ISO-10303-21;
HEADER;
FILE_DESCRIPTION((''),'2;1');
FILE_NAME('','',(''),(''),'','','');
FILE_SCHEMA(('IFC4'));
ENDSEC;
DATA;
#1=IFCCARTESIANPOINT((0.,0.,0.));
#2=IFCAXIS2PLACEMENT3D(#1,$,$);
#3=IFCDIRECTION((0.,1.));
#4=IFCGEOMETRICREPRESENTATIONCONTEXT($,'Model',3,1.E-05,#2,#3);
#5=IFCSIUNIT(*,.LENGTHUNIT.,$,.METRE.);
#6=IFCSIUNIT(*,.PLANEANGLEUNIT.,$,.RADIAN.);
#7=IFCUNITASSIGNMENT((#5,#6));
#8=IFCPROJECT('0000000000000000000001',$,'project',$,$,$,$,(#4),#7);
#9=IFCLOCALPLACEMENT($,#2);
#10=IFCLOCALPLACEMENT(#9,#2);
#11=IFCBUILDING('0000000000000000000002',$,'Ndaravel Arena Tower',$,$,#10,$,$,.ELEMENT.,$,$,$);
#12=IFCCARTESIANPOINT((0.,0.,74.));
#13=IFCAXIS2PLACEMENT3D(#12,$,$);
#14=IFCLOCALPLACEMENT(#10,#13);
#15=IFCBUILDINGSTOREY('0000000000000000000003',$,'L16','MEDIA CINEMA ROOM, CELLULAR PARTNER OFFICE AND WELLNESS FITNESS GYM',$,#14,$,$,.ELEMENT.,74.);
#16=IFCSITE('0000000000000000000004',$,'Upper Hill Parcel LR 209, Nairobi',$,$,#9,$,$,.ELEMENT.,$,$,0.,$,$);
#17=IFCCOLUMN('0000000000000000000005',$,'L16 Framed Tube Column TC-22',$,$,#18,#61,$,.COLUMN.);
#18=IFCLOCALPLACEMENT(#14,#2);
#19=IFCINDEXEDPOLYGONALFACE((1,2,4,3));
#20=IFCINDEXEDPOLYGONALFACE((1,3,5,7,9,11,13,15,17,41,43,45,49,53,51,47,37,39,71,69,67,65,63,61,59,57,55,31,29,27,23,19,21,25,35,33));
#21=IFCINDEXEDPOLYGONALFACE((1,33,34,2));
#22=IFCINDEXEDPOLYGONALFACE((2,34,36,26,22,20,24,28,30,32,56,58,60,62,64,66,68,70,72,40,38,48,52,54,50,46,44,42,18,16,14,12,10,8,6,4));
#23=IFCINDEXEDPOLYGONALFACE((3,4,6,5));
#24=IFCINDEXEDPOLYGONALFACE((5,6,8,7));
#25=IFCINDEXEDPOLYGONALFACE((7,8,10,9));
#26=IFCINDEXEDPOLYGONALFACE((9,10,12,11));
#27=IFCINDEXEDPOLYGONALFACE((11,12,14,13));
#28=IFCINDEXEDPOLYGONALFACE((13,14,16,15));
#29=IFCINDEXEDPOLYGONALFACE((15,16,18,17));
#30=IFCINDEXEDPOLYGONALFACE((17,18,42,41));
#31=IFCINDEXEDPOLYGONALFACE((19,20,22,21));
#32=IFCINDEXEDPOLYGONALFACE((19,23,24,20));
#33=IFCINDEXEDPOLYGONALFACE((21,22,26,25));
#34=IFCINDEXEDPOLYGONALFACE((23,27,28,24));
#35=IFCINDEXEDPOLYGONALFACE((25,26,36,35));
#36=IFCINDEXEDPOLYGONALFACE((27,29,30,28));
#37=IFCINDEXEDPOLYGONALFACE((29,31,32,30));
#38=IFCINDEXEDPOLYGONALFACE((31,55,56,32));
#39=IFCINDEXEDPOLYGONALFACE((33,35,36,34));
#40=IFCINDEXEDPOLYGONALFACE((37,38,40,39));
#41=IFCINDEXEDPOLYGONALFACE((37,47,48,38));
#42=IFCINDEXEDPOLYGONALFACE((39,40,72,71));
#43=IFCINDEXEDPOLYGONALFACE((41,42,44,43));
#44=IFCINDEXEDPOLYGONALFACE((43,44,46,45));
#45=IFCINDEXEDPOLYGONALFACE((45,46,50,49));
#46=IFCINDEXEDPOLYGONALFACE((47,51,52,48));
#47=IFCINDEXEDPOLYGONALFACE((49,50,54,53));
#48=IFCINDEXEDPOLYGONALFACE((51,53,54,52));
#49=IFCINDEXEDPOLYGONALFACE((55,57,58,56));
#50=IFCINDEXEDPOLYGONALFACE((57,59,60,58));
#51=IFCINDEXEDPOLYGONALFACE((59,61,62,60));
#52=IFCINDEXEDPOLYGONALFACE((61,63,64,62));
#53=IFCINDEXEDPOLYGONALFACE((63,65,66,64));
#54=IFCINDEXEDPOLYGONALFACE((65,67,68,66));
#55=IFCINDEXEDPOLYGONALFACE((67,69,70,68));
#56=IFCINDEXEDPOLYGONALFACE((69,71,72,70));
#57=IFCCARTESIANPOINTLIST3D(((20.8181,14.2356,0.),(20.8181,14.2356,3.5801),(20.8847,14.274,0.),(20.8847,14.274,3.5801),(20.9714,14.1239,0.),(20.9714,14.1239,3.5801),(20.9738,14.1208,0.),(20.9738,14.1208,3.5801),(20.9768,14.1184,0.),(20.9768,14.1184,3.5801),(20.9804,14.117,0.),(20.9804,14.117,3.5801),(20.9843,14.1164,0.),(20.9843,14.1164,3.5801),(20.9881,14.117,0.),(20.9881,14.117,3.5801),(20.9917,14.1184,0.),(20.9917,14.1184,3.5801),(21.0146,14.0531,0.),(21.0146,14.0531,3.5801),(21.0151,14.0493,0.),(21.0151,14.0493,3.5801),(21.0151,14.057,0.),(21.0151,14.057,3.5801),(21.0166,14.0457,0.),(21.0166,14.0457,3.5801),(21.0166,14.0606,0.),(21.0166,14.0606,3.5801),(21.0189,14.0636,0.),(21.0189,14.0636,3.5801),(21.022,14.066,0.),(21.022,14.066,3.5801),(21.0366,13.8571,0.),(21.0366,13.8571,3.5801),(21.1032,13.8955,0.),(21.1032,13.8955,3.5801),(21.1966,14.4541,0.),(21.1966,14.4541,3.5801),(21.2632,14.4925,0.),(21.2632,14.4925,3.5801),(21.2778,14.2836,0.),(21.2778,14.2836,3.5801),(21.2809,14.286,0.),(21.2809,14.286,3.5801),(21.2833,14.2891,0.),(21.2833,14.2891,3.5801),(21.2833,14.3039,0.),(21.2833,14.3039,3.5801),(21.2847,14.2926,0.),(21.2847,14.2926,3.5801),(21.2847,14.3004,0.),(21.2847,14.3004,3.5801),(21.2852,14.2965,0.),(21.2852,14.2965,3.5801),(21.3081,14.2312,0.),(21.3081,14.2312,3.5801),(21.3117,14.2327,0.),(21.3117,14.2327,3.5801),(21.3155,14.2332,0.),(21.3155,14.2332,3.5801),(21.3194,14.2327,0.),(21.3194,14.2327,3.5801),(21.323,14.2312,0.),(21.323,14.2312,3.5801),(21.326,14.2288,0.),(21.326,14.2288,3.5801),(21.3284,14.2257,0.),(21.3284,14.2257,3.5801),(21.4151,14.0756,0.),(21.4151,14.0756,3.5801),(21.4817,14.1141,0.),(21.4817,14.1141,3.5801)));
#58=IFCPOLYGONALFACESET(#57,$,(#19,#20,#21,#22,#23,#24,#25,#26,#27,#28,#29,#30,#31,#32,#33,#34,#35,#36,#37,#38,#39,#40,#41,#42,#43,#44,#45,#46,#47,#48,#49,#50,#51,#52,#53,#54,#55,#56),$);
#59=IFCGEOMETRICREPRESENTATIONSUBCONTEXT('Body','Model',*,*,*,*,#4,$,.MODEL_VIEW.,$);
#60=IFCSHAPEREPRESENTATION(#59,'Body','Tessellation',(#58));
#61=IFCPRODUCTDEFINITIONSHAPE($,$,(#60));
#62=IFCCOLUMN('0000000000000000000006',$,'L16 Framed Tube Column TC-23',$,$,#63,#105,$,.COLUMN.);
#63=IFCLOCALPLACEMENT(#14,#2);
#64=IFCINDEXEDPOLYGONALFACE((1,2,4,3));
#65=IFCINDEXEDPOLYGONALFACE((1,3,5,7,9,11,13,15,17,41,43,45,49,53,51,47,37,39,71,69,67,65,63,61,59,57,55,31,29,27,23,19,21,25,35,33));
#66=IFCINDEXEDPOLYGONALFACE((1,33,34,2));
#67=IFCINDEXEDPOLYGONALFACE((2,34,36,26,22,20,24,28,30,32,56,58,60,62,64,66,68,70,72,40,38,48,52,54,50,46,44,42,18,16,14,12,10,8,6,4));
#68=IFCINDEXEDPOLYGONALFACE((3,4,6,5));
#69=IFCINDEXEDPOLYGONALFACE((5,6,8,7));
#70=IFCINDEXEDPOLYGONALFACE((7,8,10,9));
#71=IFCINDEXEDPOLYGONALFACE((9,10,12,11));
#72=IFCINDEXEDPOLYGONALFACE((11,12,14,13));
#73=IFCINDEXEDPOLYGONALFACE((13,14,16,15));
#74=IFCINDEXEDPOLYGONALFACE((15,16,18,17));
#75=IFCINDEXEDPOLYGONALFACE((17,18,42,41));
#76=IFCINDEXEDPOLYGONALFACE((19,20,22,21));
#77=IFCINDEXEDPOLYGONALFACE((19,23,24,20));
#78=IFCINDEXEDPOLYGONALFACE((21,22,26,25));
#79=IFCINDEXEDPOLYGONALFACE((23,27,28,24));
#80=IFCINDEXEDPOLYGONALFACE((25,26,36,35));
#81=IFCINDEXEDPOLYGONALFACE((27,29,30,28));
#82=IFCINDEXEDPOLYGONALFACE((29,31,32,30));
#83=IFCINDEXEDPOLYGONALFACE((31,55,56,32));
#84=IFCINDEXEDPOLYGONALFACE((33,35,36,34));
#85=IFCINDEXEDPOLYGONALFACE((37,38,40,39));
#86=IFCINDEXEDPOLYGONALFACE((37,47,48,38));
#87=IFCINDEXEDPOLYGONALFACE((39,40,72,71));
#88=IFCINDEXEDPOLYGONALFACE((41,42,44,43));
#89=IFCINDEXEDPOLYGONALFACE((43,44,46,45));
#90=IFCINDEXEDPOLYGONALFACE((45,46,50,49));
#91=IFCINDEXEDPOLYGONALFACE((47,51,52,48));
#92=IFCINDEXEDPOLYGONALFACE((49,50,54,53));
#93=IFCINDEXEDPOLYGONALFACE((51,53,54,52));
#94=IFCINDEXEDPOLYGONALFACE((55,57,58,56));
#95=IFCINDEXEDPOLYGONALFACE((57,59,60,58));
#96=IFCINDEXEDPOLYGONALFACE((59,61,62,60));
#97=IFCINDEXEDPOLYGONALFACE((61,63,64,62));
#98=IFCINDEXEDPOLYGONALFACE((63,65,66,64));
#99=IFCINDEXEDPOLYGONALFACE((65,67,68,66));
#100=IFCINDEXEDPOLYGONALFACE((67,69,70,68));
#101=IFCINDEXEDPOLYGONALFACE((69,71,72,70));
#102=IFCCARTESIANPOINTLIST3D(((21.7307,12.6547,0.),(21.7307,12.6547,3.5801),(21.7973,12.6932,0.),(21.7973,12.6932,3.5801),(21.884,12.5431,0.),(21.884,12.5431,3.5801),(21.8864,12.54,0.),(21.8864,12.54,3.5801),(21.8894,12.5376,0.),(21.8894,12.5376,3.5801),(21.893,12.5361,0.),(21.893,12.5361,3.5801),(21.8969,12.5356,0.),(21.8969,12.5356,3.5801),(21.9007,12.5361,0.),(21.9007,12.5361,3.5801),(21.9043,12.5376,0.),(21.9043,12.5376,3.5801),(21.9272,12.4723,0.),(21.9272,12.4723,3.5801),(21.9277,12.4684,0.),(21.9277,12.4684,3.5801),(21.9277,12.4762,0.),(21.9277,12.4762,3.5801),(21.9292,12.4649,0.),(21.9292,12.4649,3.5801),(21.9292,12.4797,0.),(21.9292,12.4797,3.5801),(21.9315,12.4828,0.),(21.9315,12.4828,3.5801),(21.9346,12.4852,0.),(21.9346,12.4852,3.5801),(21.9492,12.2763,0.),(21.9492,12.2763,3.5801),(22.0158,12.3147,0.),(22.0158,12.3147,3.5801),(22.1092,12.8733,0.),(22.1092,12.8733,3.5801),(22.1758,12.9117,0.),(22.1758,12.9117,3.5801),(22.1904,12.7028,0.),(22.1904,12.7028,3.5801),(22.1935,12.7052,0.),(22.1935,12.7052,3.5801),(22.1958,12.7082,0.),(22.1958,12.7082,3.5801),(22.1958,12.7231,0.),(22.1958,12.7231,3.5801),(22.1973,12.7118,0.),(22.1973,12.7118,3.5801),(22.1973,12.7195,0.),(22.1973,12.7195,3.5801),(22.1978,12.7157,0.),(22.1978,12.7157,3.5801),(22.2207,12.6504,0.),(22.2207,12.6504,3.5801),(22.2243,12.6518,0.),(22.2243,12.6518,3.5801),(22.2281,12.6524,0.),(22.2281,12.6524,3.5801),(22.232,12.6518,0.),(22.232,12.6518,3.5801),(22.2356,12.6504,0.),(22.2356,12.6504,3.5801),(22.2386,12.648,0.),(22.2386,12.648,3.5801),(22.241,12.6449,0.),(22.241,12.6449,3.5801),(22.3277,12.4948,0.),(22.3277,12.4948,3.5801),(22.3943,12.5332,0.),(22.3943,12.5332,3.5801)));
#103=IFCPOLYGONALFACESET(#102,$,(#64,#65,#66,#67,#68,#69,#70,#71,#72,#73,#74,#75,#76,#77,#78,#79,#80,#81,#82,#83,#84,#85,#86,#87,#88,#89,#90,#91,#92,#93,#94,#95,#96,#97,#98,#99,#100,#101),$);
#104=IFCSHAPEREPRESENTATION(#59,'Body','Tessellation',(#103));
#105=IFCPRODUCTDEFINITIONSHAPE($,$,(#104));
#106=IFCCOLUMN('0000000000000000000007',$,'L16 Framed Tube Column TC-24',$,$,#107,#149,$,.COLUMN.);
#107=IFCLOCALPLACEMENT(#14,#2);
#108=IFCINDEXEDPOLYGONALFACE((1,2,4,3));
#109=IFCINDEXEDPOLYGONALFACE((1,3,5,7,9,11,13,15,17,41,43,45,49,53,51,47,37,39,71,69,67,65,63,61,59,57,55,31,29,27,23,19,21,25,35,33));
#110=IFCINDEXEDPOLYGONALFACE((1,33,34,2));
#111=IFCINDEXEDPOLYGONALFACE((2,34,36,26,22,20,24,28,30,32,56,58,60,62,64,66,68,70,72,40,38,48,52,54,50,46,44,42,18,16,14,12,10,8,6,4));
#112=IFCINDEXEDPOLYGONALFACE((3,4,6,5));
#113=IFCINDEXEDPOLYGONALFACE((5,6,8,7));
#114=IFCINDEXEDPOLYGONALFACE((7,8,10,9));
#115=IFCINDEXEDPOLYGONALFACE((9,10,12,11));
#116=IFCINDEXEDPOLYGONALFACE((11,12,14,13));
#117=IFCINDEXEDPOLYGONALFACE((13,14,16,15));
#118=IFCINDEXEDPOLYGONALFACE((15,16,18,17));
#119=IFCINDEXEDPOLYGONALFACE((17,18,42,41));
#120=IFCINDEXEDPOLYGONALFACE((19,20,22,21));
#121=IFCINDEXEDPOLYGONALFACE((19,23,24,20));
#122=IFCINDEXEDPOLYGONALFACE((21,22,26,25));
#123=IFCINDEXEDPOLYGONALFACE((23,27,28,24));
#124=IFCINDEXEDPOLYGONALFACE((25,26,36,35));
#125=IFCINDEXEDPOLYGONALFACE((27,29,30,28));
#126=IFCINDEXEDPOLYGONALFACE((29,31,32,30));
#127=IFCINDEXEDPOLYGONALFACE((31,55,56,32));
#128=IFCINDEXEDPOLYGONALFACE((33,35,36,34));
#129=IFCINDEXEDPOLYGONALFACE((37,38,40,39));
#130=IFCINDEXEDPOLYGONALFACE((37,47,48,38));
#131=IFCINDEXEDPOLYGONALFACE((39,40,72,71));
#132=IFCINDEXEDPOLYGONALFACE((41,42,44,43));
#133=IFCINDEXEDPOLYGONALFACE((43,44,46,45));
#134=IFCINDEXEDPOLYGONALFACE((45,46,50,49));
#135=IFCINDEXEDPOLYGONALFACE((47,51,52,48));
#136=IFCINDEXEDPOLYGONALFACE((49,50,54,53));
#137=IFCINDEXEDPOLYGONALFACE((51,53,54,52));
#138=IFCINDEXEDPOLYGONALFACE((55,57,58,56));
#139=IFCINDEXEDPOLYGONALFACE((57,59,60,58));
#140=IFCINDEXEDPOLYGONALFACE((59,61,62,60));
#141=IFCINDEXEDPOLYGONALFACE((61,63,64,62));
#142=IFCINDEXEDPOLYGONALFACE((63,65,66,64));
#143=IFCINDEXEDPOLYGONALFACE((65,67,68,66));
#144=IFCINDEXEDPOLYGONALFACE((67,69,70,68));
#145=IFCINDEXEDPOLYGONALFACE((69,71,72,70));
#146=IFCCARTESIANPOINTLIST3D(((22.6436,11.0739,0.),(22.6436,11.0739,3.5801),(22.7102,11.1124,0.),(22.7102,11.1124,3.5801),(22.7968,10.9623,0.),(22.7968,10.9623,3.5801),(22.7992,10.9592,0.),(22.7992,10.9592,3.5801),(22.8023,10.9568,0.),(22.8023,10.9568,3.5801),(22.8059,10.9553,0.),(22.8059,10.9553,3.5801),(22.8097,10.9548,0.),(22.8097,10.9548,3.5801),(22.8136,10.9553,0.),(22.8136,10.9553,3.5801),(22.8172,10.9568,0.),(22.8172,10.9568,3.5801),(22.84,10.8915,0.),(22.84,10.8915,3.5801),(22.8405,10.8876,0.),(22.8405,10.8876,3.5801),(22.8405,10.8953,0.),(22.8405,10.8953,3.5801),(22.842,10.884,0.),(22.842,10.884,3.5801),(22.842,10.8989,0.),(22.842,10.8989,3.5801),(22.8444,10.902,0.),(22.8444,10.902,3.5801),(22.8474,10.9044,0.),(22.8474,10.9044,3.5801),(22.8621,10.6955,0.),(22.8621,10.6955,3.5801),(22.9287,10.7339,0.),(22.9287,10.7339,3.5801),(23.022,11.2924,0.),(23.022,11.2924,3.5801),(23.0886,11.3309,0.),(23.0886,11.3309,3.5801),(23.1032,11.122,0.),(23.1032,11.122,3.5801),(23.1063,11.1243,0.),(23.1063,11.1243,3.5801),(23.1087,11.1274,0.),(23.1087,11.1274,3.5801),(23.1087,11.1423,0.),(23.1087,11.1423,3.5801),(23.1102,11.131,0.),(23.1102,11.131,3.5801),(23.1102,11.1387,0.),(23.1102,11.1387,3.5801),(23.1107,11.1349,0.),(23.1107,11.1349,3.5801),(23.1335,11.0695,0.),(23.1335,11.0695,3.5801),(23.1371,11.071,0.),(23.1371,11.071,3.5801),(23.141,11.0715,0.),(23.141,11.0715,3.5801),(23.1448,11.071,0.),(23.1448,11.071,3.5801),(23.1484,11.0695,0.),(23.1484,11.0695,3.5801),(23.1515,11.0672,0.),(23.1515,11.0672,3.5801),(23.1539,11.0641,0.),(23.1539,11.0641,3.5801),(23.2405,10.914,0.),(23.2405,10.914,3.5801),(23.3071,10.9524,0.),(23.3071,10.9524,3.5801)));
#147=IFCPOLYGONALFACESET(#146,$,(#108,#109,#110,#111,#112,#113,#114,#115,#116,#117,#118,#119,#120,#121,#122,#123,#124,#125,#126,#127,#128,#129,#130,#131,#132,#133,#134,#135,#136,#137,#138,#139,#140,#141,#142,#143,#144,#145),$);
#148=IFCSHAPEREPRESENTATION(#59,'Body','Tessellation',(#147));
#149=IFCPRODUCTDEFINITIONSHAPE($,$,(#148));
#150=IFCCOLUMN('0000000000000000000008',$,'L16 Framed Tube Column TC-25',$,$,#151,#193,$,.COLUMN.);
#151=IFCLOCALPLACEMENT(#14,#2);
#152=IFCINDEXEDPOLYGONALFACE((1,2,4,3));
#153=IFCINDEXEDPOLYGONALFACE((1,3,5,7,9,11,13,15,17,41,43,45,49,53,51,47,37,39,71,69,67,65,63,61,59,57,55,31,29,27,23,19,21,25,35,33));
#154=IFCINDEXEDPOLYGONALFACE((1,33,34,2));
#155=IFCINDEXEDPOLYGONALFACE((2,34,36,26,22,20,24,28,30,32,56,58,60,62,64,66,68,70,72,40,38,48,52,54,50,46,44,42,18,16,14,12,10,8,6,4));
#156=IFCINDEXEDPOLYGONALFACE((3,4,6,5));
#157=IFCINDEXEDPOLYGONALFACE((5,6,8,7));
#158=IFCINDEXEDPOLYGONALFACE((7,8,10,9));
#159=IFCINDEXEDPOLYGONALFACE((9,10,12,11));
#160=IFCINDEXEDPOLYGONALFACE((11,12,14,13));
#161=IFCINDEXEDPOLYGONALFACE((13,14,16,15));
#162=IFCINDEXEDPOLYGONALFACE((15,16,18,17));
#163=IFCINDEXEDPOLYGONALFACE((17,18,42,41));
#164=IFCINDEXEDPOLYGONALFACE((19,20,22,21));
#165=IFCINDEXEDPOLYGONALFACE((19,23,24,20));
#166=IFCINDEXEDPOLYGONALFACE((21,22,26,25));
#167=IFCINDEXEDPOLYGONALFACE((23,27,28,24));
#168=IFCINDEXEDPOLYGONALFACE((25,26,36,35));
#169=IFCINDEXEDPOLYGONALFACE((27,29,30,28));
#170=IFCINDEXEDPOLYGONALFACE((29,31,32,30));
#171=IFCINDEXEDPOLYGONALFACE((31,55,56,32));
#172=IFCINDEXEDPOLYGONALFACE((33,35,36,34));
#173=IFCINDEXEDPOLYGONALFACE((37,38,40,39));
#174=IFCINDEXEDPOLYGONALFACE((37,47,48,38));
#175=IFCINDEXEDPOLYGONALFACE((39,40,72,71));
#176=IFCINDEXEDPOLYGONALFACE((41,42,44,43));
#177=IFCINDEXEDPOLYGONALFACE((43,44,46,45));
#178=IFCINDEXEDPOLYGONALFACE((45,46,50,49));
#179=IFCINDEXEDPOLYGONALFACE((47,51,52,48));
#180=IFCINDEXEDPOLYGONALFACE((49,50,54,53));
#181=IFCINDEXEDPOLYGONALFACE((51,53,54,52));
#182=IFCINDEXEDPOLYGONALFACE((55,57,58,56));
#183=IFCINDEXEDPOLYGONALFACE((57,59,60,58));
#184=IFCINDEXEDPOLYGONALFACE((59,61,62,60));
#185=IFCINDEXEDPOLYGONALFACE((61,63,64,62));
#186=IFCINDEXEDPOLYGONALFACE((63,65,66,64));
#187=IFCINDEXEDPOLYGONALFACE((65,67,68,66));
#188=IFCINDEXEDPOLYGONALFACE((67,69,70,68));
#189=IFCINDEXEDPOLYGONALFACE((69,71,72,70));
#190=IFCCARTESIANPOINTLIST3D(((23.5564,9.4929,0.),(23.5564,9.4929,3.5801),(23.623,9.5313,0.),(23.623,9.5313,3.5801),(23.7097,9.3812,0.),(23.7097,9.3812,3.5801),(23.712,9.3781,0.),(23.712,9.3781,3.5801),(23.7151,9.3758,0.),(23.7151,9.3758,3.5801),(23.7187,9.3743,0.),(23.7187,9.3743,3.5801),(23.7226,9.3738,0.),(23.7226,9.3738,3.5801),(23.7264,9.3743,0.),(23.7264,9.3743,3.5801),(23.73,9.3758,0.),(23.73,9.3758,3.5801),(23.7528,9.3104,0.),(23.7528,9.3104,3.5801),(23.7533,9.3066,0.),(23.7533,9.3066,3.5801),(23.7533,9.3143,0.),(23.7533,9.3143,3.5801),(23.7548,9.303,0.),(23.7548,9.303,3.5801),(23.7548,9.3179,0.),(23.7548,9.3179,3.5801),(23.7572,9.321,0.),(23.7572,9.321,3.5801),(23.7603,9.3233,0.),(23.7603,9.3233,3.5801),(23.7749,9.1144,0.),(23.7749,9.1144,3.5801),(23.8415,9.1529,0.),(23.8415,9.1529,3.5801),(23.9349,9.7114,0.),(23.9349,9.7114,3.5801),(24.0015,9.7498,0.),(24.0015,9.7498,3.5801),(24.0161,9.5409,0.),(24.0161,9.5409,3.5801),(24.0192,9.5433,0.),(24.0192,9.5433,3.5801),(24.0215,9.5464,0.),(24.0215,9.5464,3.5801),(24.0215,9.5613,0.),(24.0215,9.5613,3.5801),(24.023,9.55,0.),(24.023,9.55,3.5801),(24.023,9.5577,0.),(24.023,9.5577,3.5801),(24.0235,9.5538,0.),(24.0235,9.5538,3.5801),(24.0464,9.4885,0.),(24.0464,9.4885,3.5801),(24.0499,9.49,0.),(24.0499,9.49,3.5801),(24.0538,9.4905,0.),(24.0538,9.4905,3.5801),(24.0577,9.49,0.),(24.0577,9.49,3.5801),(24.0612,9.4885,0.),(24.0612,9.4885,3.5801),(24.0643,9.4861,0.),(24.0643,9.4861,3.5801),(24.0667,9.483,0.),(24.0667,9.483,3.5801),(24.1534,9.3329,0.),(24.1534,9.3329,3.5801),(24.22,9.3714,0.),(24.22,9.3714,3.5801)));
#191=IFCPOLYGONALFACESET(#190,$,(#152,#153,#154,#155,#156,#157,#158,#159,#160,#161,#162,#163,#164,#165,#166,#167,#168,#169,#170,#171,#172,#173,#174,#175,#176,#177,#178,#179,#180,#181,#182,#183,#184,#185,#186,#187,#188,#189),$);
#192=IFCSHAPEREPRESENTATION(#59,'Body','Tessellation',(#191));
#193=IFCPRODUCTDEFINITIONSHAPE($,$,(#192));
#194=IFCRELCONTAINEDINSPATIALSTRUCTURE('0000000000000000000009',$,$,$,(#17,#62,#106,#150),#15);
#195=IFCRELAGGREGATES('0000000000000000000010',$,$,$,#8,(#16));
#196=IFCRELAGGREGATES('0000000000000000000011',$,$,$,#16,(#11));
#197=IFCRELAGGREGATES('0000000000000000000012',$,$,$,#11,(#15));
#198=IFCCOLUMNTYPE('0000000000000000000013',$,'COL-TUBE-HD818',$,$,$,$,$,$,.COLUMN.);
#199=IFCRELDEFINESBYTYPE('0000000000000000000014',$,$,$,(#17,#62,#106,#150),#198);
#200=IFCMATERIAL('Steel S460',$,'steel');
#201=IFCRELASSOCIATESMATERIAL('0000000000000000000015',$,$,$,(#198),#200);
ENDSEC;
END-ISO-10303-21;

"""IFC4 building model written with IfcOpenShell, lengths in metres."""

from ifc_helpers import new_model, si_unit, direction, frame, origin, origin_2d, place, context, subcontext, project, spatial, i_section, extrude, material, material_profile, profile_set, type_object, element, save


model = new_model("IFC4")

# Units and contexts
model_context = context("Model", 3, precision=1e-05, world=origin(), true_north=direction((0.0, 1.0)))
body_context = subcontext(model_context, "Body", "Model", "MODEL_VIEW")
ifc_project = project(units=[si_unit("LENGTHUNIT", "METRE"), si_unit("PLANEANGLEUNIT", "RADIAN")], contexts=[model_context])

# Site, building, storey
site_placement = place(None, origin())
site = spatial("IfcSite", under=ifc_project, at=site_placement, Name="Upper Hill Parcel LR 209, Nairobi", CompositionType="ELEMENT", RefElevation=0.0)
building_placement = place(site_placement, origin())
building = spatial("IfcBuilding", under=site, at=building_placement, Name="Ndaravel Arena Tower", CompositionType="ELEMENT")
storey_placement = place(building_placement, frame((0.0, 0.0, 74.0)))
storey = spatial("IfcBuildingStorey", under=building, at=storey_placement, Name="L16", Description="MEDIA CINEMA ROOM, CELLULAR PARTNER OFFICE AND WELLNESS FITNESS GYM", CompositionType="ELEMENT", Elevation=74.0)

# Columns
ifc_material_1 = material(Name="Steel S460", Category="steel")
ifc_material_profile_1 = material_profile(ifc_material_1, i_section(OverallWidth=0.437, OverallDepth=0.5139, WebThickness=0.0605, FlangeThickness=0.0769, FilletRadius=0.0149, at=origin_2d()), Name="HD 400x818")
ifc_profile_set_1 = profile_set([ifc_material_profile_1], Name="Steel S460")
column_type = type_object("IfcColumnType", Name="COL-TUBE-HD818", PredefinedType="COLUMN", material=ifc_profile_set_1)
for number, where, z_axis, x_axis, name in (
    (1, (21.1499, 14.1748, 0.0), (0.0, 0.0, 1.0), (-0.5, 0.866025, 0.0), "L16 Framed Tube Column TC-22"),
    (2, (22.0625, 12.594, 0.0), (0.0, 0.0, 1.0), (-0.5, 0.866025, 0.0), "L16 Framed Tube Column TC-23"),
    (3, (22.9753, 11.0132, 0.0), (0.0, 0.0, 1.0), (-0.5, 0.866025, 0.0), "L16 Framed Tube Column TC-24"),
    (4, (23.8882, 9.4321, 0.0), (0.0, 0.0, 1.0), (-0.5, 0.866025, 0.0), "L16 Framed Tube Column TC-25"),
):
    element("IfcColumn", number, at=place(storey_placement, frame(where, z_axis=z_axis, x_axis=x_axis)), inside=storey, type_object=column_type, Name=name, PredefinedType="COLUMN", context=body_context, shape_type="SweptSolid", body=[
        extrude(i_section(OverallWidth=0.437, OverallDepth=0.5139, WebThickness=0.0605, FlangeThickness=0.0769, FilletRadius=0.0149, at=origin_2d()), origin(), (0.0, 0.0, 1.0), 3.5801),
    ])

save(model, "model.ifc")
